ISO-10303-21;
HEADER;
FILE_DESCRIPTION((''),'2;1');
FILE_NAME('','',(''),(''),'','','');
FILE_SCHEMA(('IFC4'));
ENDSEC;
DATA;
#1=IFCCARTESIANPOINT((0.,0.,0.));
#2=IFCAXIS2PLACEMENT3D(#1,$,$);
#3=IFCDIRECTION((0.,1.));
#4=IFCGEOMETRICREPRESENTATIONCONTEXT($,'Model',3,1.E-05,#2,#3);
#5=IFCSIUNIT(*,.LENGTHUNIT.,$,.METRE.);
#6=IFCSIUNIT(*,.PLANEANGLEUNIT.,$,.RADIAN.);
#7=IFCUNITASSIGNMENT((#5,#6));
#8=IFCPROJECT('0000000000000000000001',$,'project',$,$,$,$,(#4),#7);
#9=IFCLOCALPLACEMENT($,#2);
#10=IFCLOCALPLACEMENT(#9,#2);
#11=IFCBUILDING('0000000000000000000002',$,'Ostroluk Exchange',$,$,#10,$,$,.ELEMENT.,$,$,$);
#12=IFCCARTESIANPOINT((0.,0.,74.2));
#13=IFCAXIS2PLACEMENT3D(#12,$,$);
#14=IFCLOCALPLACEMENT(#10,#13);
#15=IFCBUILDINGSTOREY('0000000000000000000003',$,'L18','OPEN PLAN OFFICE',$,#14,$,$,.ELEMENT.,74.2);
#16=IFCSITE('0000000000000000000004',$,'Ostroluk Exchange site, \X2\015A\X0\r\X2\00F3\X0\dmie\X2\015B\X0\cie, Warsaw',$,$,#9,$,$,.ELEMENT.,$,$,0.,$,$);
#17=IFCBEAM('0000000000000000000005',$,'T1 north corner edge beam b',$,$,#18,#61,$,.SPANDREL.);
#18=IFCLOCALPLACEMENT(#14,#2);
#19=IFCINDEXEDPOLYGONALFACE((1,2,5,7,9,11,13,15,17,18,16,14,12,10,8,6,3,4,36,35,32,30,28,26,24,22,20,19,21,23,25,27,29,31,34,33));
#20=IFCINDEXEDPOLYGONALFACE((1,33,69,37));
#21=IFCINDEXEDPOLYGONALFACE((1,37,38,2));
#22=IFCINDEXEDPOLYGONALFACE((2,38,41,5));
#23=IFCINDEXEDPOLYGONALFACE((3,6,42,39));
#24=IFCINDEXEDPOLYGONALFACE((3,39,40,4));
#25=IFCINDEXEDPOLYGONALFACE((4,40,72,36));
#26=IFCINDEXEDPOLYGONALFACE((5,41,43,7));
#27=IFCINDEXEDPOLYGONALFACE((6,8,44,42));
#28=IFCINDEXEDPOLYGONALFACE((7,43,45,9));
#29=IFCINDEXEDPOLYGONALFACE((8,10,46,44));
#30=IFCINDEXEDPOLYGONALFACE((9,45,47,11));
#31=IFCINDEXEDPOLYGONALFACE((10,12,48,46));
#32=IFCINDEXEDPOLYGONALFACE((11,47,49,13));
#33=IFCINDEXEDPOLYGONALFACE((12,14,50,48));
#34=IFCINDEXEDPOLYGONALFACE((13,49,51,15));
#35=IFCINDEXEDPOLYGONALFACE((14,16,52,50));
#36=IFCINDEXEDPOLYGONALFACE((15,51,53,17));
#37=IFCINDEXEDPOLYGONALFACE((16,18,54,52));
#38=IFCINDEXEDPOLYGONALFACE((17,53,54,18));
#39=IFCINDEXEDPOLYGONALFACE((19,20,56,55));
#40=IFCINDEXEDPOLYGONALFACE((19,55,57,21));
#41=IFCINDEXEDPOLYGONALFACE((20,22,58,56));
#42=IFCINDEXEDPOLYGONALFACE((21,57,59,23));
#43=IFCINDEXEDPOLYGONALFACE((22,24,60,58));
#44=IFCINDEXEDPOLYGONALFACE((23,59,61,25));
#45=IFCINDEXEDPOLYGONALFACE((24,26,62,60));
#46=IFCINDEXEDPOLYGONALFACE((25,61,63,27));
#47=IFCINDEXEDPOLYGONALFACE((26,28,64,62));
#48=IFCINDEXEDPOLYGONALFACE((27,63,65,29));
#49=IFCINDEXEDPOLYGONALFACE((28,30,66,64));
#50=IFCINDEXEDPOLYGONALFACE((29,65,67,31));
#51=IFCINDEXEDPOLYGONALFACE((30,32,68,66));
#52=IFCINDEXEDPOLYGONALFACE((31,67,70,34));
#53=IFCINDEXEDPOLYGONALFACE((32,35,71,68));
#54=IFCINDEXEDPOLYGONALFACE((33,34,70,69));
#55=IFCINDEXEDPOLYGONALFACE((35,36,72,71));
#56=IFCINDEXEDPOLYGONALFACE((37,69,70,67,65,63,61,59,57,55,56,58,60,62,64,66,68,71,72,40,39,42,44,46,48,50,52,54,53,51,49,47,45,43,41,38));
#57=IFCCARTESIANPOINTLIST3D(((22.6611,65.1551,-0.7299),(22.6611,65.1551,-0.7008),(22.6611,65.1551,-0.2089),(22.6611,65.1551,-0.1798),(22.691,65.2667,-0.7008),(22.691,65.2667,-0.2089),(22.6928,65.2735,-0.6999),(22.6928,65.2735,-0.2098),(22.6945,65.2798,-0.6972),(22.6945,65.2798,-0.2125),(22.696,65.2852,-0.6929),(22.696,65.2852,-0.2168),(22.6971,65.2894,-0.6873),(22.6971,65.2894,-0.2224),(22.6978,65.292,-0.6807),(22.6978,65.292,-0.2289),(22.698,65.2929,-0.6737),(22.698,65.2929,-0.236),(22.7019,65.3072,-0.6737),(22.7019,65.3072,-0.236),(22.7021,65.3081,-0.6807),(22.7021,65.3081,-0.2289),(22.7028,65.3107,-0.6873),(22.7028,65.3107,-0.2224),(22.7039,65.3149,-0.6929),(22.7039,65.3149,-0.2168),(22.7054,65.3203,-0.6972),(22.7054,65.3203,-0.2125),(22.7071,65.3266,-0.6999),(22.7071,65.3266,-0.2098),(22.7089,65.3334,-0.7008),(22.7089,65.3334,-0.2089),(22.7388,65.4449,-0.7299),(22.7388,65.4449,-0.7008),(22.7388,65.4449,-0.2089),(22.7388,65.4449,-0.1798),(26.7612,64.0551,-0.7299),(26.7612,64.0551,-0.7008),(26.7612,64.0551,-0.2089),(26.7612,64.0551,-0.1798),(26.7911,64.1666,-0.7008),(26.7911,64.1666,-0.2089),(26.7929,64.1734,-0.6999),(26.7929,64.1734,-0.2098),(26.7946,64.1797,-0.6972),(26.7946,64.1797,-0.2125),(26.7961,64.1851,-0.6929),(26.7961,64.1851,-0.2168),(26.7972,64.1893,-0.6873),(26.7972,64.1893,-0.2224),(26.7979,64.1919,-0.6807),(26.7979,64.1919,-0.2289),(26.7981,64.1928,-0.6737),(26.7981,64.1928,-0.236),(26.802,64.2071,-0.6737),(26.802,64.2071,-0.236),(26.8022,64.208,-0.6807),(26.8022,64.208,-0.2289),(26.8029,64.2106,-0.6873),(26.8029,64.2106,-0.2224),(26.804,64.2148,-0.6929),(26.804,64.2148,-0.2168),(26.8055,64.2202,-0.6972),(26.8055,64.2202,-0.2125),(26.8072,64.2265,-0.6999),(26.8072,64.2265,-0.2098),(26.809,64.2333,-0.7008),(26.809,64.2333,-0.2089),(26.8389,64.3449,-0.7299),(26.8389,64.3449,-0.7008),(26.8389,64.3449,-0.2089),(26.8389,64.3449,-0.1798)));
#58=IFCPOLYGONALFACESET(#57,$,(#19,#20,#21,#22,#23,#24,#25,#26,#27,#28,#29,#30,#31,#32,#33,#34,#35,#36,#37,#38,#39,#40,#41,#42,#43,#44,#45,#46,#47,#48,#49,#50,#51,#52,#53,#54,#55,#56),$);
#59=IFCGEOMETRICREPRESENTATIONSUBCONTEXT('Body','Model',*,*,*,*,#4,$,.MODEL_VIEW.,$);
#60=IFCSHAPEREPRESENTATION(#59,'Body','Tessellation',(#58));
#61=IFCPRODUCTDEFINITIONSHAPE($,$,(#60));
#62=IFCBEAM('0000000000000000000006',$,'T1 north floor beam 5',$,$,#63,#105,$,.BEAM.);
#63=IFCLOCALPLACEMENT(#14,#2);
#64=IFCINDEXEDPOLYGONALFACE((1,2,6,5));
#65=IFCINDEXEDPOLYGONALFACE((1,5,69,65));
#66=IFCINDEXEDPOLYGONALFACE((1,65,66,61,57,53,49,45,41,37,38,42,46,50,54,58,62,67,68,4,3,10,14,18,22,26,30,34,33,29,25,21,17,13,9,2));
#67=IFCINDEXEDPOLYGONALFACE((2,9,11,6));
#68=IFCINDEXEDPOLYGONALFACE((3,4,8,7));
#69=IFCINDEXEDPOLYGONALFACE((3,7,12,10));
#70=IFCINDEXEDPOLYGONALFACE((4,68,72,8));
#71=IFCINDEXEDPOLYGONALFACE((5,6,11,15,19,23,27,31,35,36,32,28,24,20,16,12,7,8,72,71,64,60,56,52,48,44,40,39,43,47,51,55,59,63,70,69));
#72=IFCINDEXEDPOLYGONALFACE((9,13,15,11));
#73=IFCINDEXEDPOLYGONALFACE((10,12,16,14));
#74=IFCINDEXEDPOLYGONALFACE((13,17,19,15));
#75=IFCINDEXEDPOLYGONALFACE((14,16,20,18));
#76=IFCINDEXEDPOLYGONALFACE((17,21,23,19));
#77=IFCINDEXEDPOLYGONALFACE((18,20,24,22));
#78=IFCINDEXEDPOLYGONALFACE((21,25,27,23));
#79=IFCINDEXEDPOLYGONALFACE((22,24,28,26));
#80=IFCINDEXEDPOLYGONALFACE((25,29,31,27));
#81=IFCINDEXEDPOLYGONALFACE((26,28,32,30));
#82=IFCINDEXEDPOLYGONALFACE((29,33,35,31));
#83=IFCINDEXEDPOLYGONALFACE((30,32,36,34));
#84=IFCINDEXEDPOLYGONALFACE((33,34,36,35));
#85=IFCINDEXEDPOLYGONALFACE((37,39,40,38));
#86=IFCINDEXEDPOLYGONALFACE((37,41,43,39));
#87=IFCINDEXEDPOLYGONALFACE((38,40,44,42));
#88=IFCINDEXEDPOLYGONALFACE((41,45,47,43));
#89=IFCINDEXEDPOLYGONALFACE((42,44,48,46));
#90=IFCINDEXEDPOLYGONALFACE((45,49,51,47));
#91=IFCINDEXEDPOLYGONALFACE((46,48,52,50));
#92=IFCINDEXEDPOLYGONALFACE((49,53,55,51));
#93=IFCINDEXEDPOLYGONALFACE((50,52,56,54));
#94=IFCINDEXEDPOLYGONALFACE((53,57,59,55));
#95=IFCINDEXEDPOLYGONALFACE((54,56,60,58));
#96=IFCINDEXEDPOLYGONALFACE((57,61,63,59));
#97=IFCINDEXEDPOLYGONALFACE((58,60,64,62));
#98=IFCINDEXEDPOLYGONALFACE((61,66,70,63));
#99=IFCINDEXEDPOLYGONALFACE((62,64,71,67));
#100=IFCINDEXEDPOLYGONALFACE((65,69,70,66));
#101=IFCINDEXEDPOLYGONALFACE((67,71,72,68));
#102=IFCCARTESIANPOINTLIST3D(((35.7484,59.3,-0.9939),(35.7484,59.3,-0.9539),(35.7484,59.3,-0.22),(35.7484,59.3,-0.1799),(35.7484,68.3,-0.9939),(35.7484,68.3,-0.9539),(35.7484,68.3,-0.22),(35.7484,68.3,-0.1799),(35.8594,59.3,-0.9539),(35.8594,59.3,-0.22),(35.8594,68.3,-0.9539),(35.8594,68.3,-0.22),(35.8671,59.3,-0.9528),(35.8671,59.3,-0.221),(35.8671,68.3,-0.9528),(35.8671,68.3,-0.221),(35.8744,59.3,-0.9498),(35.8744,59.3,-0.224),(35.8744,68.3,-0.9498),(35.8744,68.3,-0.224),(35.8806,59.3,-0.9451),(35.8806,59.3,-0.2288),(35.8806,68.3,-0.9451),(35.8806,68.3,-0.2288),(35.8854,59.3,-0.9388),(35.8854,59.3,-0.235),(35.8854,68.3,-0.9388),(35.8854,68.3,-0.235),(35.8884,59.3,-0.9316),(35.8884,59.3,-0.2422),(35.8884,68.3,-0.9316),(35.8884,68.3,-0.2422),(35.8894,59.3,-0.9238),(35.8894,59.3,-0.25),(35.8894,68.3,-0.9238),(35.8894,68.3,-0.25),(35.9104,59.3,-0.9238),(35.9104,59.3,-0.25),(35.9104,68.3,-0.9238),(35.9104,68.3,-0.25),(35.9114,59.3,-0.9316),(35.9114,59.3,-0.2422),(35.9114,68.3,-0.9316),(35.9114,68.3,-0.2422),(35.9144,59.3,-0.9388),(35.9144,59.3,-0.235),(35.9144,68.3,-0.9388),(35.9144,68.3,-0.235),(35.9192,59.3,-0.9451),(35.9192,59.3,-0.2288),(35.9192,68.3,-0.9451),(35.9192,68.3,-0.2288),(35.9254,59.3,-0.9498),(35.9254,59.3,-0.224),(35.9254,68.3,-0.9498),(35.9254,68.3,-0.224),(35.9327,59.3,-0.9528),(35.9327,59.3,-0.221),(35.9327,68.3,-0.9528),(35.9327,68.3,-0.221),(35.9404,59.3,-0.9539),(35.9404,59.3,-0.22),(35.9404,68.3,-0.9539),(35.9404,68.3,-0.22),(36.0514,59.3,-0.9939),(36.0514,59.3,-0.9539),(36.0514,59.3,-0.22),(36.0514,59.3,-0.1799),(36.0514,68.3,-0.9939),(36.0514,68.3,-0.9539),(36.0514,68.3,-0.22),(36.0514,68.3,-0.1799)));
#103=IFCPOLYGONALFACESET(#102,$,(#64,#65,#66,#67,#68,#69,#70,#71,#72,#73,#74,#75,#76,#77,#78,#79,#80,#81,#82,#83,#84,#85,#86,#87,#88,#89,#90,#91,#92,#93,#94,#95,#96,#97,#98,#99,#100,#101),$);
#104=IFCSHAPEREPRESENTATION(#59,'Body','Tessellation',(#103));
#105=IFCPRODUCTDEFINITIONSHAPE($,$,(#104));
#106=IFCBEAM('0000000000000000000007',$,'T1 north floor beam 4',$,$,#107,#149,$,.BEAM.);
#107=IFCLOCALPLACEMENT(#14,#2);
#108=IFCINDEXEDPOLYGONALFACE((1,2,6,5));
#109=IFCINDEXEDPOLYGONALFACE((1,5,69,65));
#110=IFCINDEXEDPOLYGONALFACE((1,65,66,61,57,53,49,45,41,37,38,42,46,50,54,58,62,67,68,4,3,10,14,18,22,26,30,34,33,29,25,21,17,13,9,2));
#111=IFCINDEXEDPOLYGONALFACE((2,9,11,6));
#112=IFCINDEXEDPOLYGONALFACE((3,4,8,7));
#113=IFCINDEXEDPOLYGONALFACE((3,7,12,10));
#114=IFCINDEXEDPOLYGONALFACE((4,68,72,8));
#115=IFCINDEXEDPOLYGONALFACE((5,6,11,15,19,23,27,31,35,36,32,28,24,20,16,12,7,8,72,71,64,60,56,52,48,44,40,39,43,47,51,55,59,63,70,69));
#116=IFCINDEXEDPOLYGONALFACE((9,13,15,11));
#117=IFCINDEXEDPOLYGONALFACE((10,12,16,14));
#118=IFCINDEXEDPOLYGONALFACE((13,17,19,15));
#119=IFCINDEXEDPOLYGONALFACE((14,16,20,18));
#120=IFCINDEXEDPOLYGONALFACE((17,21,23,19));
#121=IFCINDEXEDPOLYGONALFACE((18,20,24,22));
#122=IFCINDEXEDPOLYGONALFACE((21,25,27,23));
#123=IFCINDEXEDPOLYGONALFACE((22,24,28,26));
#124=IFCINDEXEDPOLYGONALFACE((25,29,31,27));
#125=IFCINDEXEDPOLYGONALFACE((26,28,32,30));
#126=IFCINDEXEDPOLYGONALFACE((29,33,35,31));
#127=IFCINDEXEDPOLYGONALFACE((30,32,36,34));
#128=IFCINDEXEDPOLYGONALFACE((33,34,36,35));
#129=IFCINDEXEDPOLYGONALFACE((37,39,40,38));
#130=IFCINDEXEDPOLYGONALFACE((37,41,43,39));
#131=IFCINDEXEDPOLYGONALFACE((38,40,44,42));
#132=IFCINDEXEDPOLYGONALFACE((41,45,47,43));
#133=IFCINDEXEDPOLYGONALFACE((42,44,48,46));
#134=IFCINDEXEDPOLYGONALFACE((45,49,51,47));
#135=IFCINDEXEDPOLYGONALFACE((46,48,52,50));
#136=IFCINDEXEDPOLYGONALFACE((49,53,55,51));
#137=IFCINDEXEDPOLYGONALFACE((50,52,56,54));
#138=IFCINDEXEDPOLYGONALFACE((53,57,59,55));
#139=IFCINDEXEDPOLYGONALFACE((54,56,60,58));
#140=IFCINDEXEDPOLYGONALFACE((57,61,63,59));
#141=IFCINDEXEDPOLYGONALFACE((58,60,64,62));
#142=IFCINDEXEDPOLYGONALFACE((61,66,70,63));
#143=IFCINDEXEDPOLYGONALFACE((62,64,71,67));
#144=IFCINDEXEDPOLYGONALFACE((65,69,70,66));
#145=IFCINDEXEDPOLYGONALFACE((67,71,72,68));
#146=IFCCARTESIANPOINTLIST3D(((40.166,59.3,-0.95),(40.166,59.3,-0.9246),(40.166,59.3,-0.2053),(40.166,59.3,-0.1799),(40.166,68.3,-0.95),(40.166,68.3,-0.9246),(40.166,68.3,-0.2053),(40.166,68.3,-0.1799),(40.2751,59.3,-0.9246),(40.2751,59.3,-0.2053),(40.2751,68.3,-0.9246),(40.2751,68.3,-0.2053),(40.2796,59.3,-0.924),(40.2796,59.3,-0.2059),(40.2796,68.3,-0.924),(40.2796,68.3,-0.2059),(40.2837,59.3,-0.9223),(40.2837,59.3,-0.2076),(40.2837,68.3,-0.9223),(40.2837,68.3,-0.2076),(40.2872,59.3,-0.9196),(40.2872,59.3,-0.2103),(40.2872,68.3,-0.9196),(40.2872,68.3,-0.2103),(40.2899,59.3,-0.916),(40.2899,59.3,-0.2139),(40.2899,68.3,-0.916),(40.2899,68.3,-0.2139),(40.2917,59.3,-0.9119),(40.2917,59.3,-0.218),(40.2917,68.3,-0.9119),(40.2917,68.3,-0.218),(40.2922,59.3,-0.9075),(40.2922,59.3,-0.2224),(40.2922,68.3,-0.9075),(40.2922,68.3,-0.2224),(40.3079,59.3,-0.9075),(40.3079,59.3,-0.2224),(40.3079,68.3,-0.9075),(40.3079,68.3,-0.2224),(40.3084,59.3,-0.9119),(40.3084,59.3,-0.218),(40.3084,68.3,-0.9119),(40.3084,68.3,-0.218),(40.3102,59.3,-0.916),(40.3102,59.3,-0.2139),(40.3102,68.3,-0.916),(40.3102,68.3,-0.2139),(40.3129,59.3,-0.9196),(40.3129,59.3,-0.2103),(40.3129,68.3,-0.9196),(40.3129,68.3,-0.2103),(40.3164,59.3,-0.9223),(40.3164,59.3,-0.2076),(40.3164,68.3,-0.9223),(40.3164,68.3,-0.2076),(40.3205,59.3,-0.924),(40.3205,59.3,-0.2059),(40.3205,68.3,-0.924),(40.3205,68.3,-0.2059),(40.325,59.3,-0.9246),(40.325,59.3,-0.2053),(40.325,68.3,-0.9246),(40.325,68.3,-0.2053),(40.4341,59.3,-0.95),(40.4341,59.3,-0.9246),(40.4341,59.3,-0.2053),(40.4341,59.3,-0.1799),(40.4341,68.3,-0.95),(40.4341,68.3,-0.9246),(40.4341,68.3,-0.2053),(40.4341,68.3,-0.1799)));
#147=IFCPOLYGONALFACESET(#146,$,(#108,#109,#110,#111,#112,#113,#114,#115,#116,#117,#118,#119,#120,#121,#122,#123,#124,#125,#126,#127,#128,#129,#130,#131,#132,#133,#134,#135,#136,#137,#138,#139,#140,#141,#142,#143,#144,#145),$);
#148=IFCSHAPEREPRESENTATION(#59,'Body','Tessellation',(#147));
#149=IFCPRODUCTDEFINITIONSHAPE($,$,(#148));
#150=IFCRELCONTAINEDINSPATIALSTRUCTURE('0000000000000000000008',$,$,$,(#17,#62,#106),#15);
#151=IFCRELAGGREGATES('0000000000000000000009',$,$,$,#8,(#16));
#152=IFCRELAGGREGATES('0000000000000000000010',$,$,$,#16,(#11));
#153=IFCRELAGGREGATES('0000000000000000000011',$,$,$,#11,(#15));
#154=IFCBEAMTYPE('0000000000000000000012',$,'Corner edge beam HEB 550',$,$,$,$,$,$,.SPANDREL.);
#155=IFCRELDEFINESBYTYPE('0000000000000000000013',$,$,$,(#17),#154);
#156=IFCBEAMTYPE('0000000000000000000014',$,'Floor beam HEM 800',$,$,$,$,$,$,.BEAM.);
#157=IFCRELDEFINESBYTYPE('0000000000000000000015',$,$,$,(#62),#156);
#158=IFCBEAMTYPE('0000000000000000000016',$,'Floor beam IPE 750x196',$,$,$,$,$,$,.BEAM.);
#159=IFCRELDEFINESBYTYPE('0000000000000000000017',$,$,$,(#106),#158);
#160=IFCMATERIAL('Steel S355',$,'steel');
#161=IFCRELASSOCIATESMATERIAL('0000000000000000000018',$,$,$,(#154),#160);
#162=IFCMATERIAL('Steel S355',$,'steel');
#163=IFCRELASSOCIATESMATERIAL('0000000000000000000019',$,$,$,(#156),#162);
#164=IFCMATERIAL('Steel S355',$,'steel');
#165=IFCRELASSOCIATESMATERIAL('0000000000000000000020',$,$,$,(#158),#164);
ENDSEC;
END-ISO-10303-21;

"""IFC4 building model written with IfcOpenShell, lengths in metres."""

from ifc_helpers import new_model, si_unit, direction, frame, origin, origin_2d, place, context, subcontext, project, spatial, i_section, extrude, material, material_profile, profile_set, type_object, element, save


model = new_model("IFC4")

# Units and contexts
model_context = context("Model", 3, precision=1e-05, world=origin(), true_north=direction((0.0, 1.0)))
body_context = subcontext(model_context, "Body", "Model", "MODEL_VIEW")
ifc_project = project(units=[si_unit("LENGTHUNIT", "METRE"), si_unit("PLANEANGLEUNIT", "RADIAN")], contexts=[model_context])

# Site, building, storey
site_placement = place(None, origin())
site = spatial("IfcSite", under=ifc_project, at=site_placement, Name="Ostroluk Exchange site, Śródmieście, Warsaw", CompositionType="ELEMENT", RefElevation=0.0)
building_placement = place(site_placement, origin())
building = spatial("IfcBuilding", under=site, at=building_placement, Name="Ostroluk Exchange", CompositionType="ELEMENT")
storey_placement = place(building_placement, frame((0.0, 0.0, 74.2)))
storey = spatial("IfcBuildingStorey", under=building, at=storey_placement, Name="L18", Description="OPEN PLAN OFFICE", CompositionType="ELEMENT", Elevation=74.2)

# Beams
ifc_material_1 = material(Name="Steel S355", Category="steel")
ifc_material_profile_1 = material_profile(ifc_material_1, i_section(OverallWidth=0.3, OverallDepth=0.55, WebThickness=0.0149, FlangeThickness=0.0291, FilletRadius=0.0271, at=origin_2d()), Name="HEB 550")
ifc_profile_set_1 = profile_set([ifc_material_profile_1], Name="Steel S355")
beam_type_1 = type_object("IfcBeamType", Name="Corner edge beam HEB 550", PredefinedType="SPANDREL", material=ifc_profile_set_1)
for number, where, z_axis, x_axis, name in (
    (1, (26.8, 64.2, -0.4548), (-0.965839, 0.259144, 0.0), (-0.259144, -0.965839, 0.0), "T1 north corner edge beam b"),
):
    element("IfcBeam", number, at=place(storey_placement, frame(where, z_axis=z_axis, x_axis=x_axis)), inside=storey, type_object=beam_type_1, Name=name, PredefinedType="SPANDREL", context=body_context, shape_type="SweptSolid", body=[
        extrude(i_section(OverallWidth=0.3, OverallDepth=0.55, WebThickness=0.0149, FlangeThickness=0.0291, FilletRadius=0.0271, at=origin_2d()), origin(), (0.0, 0.0, 1.0), 4.2451),
    ])
ifc_material_2 = material(Name="Steel S355", Category="steel")
ifc_material_profile_2 = material_profile(ifc_material_2, i_section(OverallWidth=0.303, OverallDepth=0.814, WebThickness=0.021, FlangeThickness=0.04, FilletRadius=0.03, at=origin_2d()), Name="HEM 800")
ifc_profile_set_2 = profile_set([ifc_material_profile_2], Name="Steel S355")
beam_type_2 = type_object("IfcBeamType", Name="Floor beam HEM 800", PredefinedType="BEAM", material=ifc_profile_set_2)
beam_1_placement = place(storey_placement, frame((35.8999, 59.3, -0.5869), z_axis=(0.0, 1.0, 0.0), x_axis=(-1.0, 0.0, 0.0)))
element("IfcBeam", 2, at=beam_1_placement, inside=storey, type_object=beam_type_2, Name="T1 north floor beam 5", PredefinedType="BEAM", context=body_context, shape_type="SweptSolid", body=[
    extrude(i_section(OverallWidth=0.303, OverallDepth=0.814, WebThickness=0.021, FlangeThickness=0.04, FilletRadius=0.03, at=origin_2d()), origin(), (0.0, 0.0, 1.0), 9.0),
])
ifc_material_3 = material(Name="Steel S355", Category="steel")
ifc_material_profile_3 = material_profile(ifc_material_3, i_section(OverallWidth=0.2681, OverallDepth=0.77, WebThickness=0.0156, FlangeThickness=0.0254, FilletRadius=0.0171, at=origin_2d()), Name="IPE 750x196")
ifc_profile_set_3 = profile_set([ifc_material_profile_3], Name="Steel S355")
beam_type_3 = type_object("IfcBeamType", Name="Floor beam IPE 750x196", PredefinedType="BEAM", material=ifc_profile_set_3)
beam_2_placement = place(storey_placement, frame((40.3, 59.3, -0.5649), z_axis=(0.0, 1.0, 0.0), x_axis=(-1.0, 0.0, 0.0)))
element("IfcBeam", 3, at=beam_2_placement, inside=storey, type_object=beam_type_3, Name="T1 north floor beam 4", PredefinedType="BEAM", context=body_context, shape_type="SweptSolid", body=[
    extrude(i_section(OverallWidth=0.2681, OverallDepth=0.77, WebThickness=0.0156, FlangeThickness=0.0254, FilletRadius=0.0171, at=origin_2d()), origin(), (0.0, 0.0, 1.0), 9.0),
])

save(model, "model.ifc")
